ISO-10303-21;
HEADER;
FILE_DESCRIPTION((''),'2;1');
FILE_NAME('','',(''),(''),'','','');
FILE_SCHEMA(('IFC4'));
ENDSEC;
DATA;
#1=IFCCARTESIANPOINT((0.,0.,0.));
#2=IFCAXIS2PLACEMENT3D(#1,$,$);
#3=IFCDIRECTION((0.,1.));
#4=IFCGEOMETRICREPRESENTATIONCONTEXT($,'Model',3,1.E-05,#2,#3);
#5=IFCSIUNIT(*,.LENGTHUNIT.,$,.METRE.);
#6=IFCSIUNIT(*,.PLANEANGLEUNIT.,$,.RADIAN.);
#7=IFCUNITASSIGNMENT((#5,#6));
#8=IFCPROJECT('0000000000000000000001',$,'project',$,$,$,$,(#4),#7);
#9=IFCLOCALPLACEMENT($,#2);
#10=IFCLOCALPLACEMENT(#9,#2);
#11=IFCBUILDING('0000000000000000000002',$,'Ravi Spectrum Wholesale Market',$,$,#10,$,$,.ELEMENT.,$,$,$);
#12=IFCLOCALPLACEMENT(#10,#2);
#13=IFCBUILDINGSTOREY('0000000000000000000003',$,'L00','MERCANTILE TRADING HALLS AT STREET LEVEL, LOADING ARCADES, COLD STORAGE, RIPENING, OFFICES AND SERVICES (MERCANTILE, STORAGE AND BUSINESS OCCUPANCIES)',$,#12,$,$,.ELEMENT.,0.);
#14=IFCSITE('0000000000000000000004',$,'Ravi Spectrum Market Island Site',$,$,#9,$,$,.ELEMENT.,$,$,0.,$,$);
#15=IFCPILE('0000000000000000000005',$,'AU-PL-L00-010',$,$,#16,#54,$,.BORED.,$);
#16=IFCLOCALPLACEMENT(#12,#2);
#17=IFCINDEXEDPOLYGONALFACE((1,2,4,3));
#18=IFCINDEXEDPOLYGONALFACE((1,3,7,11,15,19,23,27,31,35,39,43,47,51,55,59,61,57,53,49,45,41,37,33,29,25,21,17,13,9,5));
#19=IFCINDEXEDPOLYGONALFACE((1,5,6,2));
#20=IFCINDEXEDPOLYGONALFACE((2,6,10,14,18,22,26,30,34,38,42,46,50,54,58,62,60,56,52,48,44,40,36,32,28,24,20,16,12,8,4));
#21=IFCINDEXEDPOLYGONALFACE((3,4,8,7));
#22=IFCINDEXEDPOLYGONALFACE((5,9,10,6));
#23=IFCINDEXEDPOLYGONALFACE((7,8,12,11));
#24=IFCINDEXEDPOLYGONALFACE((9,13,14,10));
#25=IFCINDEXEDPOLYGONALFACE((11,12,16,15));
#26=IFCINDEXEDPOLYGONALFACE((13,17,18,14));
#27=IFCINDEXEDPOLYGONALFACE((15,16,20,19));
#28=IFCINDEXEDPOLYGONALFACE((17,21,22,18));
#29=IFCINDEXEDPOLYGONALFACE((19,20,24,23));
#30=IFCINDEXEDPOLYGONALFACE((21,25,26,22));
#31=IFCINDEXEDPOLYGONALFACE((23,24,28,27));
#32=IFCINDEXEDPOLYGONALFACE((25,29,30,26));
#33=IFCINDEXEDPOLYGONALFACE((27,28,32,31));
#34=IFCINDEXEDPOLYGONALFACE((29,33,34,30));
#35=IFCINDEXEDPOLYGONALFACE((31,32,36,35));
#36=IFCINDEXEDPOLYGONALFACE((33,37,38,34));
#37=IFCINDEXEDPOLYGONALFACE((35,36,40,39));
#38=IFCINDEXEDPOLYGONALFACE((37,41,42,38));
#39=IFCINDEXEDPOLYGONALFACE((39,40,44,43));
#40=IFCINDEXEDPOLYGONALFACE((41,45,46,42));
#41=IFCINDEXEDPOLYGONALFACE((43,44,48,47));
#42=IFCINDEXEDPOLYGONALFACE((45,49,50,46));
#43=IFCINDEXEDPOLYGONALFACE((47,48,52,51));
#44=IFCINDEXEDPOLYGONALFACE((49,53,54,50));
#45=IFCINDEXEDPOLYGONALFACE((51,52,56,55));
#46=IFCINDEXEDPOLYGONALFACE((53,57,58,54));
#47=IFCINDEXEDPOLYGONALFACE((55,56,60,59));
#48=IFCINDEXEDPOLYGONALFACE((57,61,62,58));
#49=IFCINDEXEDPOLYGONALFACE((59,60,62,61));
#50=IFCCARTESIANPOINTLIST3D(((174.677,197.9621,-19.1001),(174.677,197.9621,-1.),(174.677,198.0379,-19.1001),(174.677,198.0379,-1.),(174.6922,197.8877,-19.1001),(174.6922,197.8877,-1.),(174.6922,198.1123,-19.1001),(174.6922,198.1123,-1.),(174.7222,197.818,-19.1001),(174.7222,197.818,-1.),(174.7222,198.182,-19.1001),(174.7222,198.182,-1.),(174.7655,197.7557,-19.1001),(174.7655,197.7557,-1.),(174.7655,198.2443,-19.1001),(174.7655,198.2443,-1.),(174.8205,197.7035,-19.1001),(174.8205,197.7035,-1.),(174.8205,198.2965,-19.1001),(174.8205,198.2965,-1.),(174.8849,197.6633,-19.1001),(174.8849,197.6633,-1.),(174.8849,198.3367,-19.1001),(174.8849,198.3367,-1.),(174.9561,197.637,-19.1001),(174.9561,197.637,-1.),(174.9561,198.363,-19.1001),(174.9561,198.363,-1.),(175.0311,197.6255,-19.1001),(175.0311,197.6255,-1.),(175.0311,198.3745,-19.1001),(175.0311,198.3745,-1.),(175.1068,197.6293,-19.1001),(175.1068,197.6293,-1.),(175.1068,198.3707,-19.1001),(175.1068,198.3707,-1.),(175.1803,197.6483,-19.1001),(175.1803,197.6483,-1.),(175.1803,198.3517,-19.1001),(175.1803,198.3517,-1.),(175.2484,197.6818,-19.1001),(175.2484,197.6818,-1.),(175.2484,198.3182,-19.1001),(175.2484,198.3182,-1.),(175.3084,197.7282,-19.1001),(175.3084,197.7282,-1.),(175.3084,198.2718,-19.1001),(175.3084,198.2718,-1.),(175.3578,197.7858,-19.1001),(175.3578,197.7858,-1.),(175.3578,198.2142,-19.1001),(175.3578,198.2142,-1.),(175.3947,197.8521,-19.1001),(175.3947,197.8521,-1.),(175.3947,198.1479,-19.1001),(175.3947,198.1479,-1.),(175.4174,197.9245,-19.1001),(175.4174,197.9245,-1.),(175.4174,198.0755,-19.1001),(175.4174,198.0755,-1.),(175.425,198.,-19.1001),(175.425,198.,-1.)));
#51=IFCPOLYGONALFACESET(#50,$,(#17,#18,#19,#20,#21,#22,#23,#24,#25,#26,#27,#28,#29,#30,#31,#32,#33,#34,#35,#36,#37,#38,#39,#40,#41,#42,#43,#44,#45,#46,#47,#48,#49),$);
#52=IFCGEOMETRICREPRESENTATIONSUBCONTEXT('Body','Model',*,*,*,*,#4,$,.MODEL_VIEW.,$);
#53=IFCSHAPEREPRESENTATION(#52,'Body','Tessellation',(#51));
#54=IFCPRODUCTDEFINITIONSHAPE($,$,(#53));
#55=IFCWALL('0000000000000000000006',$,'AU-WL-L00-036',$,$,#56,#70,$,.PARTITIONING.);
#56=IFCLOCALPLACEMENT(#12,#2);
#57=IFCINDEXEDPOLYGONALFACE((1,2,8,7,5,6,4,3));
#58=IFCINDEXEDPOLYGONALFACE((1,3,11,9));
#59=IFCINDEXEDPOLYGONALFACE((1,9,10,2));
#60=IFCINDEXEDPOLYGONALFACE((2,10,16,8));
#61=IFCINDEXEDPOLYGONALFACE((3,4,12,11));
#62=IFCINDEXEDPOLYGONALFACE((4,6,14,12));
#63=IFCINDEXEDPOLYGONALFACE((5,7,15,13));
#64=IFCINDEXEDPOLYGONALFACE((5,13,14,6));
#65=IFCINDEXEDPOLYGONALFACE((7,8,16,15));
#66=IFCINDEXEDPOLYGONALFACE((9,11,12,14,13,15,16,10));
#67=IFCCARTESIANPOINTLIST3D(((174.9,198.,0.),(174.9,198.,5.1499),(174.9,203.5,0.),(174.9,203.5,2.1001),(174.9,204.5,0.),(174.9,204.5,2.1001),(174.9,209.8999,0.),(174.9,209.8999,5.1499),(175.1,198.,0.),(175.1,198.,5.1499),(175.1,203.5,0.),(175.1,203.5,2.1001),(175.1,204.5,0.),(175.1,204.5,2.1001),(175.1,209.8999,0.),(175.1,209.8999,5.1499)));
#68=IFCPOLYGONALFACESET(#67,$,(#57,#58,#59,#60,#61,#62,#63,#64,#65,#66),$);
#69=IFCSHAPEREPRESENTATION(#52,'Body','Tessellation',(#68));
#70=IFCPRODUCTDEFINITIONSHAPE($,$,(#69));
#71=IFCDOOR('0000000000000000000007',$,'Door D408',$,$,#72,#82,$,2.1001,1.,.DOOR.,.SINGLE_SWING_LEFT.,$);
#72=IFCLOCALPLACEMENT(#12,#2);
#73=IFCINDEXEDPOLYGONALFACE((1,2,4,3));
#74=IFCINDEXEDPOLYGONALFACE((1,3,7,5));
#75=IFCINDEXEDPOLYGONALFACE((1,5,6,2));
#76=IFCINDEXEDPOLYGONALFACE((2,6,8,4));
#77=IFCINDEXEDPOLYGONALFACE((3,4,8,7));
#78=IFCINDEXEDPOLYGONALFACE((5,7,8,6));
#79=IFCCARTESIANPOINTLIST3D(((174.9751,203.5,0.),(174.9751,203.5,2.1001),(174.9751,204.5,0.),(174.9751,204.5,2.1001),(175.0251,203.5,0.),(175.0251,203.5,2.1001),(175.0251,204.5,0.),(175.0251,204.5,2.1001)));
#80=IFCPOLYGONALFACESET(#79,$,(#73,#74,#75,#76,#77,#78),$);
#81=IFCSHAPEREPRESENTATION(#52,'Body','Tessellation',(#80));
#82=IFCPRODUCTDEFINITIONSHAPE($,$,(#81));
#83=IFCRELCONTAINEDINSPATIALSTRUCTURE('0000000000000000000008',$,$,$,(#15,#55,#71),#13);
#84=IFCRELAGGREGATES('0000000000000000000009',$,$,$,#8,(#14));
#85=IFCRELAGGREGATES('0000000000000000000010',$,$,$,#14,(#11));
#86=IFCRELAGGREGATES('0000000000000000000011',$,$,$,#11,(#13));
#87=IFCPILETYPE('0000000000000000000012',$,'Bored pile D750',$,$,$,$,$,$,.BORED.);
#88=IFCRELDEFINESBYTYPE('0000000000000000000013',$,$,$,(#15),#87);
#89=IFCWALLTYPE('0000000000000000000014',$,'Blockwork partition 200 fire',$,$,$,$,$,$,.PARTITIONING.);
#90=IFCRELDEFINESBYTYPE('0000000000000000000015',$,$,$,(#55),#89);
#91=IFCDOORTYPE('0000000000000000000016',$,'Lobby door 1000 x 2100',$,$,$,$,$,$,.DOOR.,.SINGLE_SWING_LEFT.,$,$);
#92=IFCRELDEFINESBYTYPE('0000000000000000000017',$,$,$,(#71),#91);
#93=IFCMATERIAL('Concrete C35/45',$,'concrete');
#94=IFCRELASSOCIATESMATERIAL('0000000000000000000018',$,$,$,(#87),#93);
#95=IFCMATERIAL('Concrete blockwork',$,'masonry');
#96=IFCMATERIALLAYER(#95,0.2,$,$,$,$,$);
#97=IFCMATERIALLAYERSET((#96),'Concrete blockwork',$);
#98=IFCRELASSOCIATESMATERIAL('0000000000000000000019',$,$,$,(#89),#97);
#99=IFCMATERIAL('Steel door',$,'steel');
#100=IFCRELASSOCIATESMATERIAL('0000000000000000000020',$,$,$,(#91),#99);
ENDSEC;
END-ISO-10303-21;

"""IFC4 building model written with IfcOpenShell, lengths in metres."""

from ifc_helpers import new_model, si_unit, direction, frame, frame_2d, origin, origin_2d, place, context, subcontext, project, spatial, rectangle, circle, extrude, material, layer, layer_set, material_profile, profile_set, type_object, element, fill, save


model = new_model("IFC4")

# Units and contexts
model_context = context("Model", 3, precision=1e-05, world=origin(), true_north=direction((0.0, 1.0)))
body_context = subcontext(model_context, "Body", "Model", "MODEL_VIEW")
ifc_project = project(units=[si_unit("LENGTHUNIT", "METRE"), si_unit("PLANEANGLEUNIT", "RADIAN")], contexts=[model_context])

# Site, building, storey
site_placement = place(None, origin())
site = spatial("IfcSite", under=ifc_project, at=site_placement, Name="Ravi Spectrum Market Island Site", CompositionType="ELEMENT", RefElevation=0.0)
building_placement = place(site_placement, origin())
building = spatial("IfcBuilding", under=site, at=building_placement, Name="Ravi Spectrum Wholesale Market", CompositionType="ELEMENT")
storey_placement = place(building_placement, origin())
storey = spatial("IfcBuildingStorey", under=building, at=storey_placement, Name="L00", Description="MERCANTILE TRADING HALLS AT STREET LEVEL, LOADING ARCADES, COLD STORAGE, RIPENING, OFFICES AND SERVICES (MERCANTILE, STORAGE AND BUSINESS OCCUPANCIES)", CompositionType="ELEMENT", Elevation=0.0)

# Pile
ifc_material_1 = material(Name="Concrete C35/45", Category="concrete")
ifc_material_profile = material_profile(ifc_material_1, circle(Radius=0.375, at=origin_2d()))
ifc_profile_set = profile_set([ifc_material_profile], Name="Concrete C35/45")
pile_type = type_object("IfcPileType", Name="Bored pile D750", PredefinedType="BORED", material=ifc_profile_set)
pile_placement = place(storey_placement, frame((175.05, 198.0, -1.0), z_axis=(0.0, 0.0, -1.0), x_axis=(1.0, 0.0, 0.0)))
element("IfcPile", 1, at=pile_placement, inside=storey, type_object=pile_type, Name="AU-PL-L00-010", PredefinedType="BORED", context=body_context, shape_type="SweptSolid", body=[
    extrude(circle(Radius=0.375, at=origin_2d()), origin(), (0.0, 0.0, 1.0), 18.1001),
])

# Wall, opening, door
ifc_material_2 = material(Name="Concrete blockwork", Category="masonry")
ifc_layer_1 = layer(ifc_material_2, 0.2)
ifc_layer_set_1 = layer_set([ifc_layer_1], Name="Concrete blockwork")
wall_type_1 = type_object("IfcWallType", Name="Blockwork partition 200 fire", PredefinedType="PARTITIONING", material=ifc_layer_set_1)
wall_1_placement = place(storey_placement, frame((175.0, 198.0, 0.0), z_axis=(0.0, 0.0, 1.0), x_axis=(0.0, 1.0, 0.0)))
wall_1 = element("IfcWall", 2, at=wall_1_placement, inside=storey, type_object=wall_type_1, Name="AU-WL-L00-036", PredefinedType="PARTITIONING", context=body_context, shape_type="SweptSolid", body=[
    extrude(rectangle(XDim=11.8999, YDim=0.2, at=frame_2d((5.95, 0.0))), origin(), (0.0, 0.0, 1.0), 5.1499),
])
opening_1_placement = place(wall_1_placement, frame((5.5, 0.0, 0.0)))
opening_1 = element("IfcOpeningElement", 3, at=opening_1_placement, cuts=wall_1, PredefinedType="OPENING", context=body_context, shape_type="SweptSolid", body=[
    extrude(rectangle(XDim=1.0, YDim=2.1001, at=frame_2d((0.5, 1.05))), frame((0.0, 0.1099, 0.0), z_axis=(0.0, -1.0, 0.0), x_axis=(1.0, 0.0, 0.0)), (0.0, 0.0, 1.0), 0.22),
])
ifc_material_3 = material(Name="Steel door", Category="steel")
door_type = type_object("IfcDoorType", Name="Lobby door 1000 x 2100", OperationType="SINGLE_SWING_LEFT", PredefinedType="DOOR", material=ifc_material_3)
door_placement = place(opening_1_placement, origin())
door = element("IfcDoor", 4, at=door_placement, inside=storey, type_object=door_type, Name="Door D408", OperationType="SINGLE_SWING_LEFT", OverallHeight=2.1001, OverallWidth=1.0, PredefinedType="DOOR", context=body_context, shape_type="SweptSolid", body=[
    extrude(rectangle(XDim=1.0, YDim=2.1001, at=frame_2d((0.5, 1.05))), frame((0.0, 0.0249, 0.0), z_axis=(0.0, -1.0, 0.0), x_axis=(1.0, 0.0, 0.0)), (0.0, 0.0, 1.0), 0.05),
])
fill(opening_1, door)

save(model, "model.ifc")
